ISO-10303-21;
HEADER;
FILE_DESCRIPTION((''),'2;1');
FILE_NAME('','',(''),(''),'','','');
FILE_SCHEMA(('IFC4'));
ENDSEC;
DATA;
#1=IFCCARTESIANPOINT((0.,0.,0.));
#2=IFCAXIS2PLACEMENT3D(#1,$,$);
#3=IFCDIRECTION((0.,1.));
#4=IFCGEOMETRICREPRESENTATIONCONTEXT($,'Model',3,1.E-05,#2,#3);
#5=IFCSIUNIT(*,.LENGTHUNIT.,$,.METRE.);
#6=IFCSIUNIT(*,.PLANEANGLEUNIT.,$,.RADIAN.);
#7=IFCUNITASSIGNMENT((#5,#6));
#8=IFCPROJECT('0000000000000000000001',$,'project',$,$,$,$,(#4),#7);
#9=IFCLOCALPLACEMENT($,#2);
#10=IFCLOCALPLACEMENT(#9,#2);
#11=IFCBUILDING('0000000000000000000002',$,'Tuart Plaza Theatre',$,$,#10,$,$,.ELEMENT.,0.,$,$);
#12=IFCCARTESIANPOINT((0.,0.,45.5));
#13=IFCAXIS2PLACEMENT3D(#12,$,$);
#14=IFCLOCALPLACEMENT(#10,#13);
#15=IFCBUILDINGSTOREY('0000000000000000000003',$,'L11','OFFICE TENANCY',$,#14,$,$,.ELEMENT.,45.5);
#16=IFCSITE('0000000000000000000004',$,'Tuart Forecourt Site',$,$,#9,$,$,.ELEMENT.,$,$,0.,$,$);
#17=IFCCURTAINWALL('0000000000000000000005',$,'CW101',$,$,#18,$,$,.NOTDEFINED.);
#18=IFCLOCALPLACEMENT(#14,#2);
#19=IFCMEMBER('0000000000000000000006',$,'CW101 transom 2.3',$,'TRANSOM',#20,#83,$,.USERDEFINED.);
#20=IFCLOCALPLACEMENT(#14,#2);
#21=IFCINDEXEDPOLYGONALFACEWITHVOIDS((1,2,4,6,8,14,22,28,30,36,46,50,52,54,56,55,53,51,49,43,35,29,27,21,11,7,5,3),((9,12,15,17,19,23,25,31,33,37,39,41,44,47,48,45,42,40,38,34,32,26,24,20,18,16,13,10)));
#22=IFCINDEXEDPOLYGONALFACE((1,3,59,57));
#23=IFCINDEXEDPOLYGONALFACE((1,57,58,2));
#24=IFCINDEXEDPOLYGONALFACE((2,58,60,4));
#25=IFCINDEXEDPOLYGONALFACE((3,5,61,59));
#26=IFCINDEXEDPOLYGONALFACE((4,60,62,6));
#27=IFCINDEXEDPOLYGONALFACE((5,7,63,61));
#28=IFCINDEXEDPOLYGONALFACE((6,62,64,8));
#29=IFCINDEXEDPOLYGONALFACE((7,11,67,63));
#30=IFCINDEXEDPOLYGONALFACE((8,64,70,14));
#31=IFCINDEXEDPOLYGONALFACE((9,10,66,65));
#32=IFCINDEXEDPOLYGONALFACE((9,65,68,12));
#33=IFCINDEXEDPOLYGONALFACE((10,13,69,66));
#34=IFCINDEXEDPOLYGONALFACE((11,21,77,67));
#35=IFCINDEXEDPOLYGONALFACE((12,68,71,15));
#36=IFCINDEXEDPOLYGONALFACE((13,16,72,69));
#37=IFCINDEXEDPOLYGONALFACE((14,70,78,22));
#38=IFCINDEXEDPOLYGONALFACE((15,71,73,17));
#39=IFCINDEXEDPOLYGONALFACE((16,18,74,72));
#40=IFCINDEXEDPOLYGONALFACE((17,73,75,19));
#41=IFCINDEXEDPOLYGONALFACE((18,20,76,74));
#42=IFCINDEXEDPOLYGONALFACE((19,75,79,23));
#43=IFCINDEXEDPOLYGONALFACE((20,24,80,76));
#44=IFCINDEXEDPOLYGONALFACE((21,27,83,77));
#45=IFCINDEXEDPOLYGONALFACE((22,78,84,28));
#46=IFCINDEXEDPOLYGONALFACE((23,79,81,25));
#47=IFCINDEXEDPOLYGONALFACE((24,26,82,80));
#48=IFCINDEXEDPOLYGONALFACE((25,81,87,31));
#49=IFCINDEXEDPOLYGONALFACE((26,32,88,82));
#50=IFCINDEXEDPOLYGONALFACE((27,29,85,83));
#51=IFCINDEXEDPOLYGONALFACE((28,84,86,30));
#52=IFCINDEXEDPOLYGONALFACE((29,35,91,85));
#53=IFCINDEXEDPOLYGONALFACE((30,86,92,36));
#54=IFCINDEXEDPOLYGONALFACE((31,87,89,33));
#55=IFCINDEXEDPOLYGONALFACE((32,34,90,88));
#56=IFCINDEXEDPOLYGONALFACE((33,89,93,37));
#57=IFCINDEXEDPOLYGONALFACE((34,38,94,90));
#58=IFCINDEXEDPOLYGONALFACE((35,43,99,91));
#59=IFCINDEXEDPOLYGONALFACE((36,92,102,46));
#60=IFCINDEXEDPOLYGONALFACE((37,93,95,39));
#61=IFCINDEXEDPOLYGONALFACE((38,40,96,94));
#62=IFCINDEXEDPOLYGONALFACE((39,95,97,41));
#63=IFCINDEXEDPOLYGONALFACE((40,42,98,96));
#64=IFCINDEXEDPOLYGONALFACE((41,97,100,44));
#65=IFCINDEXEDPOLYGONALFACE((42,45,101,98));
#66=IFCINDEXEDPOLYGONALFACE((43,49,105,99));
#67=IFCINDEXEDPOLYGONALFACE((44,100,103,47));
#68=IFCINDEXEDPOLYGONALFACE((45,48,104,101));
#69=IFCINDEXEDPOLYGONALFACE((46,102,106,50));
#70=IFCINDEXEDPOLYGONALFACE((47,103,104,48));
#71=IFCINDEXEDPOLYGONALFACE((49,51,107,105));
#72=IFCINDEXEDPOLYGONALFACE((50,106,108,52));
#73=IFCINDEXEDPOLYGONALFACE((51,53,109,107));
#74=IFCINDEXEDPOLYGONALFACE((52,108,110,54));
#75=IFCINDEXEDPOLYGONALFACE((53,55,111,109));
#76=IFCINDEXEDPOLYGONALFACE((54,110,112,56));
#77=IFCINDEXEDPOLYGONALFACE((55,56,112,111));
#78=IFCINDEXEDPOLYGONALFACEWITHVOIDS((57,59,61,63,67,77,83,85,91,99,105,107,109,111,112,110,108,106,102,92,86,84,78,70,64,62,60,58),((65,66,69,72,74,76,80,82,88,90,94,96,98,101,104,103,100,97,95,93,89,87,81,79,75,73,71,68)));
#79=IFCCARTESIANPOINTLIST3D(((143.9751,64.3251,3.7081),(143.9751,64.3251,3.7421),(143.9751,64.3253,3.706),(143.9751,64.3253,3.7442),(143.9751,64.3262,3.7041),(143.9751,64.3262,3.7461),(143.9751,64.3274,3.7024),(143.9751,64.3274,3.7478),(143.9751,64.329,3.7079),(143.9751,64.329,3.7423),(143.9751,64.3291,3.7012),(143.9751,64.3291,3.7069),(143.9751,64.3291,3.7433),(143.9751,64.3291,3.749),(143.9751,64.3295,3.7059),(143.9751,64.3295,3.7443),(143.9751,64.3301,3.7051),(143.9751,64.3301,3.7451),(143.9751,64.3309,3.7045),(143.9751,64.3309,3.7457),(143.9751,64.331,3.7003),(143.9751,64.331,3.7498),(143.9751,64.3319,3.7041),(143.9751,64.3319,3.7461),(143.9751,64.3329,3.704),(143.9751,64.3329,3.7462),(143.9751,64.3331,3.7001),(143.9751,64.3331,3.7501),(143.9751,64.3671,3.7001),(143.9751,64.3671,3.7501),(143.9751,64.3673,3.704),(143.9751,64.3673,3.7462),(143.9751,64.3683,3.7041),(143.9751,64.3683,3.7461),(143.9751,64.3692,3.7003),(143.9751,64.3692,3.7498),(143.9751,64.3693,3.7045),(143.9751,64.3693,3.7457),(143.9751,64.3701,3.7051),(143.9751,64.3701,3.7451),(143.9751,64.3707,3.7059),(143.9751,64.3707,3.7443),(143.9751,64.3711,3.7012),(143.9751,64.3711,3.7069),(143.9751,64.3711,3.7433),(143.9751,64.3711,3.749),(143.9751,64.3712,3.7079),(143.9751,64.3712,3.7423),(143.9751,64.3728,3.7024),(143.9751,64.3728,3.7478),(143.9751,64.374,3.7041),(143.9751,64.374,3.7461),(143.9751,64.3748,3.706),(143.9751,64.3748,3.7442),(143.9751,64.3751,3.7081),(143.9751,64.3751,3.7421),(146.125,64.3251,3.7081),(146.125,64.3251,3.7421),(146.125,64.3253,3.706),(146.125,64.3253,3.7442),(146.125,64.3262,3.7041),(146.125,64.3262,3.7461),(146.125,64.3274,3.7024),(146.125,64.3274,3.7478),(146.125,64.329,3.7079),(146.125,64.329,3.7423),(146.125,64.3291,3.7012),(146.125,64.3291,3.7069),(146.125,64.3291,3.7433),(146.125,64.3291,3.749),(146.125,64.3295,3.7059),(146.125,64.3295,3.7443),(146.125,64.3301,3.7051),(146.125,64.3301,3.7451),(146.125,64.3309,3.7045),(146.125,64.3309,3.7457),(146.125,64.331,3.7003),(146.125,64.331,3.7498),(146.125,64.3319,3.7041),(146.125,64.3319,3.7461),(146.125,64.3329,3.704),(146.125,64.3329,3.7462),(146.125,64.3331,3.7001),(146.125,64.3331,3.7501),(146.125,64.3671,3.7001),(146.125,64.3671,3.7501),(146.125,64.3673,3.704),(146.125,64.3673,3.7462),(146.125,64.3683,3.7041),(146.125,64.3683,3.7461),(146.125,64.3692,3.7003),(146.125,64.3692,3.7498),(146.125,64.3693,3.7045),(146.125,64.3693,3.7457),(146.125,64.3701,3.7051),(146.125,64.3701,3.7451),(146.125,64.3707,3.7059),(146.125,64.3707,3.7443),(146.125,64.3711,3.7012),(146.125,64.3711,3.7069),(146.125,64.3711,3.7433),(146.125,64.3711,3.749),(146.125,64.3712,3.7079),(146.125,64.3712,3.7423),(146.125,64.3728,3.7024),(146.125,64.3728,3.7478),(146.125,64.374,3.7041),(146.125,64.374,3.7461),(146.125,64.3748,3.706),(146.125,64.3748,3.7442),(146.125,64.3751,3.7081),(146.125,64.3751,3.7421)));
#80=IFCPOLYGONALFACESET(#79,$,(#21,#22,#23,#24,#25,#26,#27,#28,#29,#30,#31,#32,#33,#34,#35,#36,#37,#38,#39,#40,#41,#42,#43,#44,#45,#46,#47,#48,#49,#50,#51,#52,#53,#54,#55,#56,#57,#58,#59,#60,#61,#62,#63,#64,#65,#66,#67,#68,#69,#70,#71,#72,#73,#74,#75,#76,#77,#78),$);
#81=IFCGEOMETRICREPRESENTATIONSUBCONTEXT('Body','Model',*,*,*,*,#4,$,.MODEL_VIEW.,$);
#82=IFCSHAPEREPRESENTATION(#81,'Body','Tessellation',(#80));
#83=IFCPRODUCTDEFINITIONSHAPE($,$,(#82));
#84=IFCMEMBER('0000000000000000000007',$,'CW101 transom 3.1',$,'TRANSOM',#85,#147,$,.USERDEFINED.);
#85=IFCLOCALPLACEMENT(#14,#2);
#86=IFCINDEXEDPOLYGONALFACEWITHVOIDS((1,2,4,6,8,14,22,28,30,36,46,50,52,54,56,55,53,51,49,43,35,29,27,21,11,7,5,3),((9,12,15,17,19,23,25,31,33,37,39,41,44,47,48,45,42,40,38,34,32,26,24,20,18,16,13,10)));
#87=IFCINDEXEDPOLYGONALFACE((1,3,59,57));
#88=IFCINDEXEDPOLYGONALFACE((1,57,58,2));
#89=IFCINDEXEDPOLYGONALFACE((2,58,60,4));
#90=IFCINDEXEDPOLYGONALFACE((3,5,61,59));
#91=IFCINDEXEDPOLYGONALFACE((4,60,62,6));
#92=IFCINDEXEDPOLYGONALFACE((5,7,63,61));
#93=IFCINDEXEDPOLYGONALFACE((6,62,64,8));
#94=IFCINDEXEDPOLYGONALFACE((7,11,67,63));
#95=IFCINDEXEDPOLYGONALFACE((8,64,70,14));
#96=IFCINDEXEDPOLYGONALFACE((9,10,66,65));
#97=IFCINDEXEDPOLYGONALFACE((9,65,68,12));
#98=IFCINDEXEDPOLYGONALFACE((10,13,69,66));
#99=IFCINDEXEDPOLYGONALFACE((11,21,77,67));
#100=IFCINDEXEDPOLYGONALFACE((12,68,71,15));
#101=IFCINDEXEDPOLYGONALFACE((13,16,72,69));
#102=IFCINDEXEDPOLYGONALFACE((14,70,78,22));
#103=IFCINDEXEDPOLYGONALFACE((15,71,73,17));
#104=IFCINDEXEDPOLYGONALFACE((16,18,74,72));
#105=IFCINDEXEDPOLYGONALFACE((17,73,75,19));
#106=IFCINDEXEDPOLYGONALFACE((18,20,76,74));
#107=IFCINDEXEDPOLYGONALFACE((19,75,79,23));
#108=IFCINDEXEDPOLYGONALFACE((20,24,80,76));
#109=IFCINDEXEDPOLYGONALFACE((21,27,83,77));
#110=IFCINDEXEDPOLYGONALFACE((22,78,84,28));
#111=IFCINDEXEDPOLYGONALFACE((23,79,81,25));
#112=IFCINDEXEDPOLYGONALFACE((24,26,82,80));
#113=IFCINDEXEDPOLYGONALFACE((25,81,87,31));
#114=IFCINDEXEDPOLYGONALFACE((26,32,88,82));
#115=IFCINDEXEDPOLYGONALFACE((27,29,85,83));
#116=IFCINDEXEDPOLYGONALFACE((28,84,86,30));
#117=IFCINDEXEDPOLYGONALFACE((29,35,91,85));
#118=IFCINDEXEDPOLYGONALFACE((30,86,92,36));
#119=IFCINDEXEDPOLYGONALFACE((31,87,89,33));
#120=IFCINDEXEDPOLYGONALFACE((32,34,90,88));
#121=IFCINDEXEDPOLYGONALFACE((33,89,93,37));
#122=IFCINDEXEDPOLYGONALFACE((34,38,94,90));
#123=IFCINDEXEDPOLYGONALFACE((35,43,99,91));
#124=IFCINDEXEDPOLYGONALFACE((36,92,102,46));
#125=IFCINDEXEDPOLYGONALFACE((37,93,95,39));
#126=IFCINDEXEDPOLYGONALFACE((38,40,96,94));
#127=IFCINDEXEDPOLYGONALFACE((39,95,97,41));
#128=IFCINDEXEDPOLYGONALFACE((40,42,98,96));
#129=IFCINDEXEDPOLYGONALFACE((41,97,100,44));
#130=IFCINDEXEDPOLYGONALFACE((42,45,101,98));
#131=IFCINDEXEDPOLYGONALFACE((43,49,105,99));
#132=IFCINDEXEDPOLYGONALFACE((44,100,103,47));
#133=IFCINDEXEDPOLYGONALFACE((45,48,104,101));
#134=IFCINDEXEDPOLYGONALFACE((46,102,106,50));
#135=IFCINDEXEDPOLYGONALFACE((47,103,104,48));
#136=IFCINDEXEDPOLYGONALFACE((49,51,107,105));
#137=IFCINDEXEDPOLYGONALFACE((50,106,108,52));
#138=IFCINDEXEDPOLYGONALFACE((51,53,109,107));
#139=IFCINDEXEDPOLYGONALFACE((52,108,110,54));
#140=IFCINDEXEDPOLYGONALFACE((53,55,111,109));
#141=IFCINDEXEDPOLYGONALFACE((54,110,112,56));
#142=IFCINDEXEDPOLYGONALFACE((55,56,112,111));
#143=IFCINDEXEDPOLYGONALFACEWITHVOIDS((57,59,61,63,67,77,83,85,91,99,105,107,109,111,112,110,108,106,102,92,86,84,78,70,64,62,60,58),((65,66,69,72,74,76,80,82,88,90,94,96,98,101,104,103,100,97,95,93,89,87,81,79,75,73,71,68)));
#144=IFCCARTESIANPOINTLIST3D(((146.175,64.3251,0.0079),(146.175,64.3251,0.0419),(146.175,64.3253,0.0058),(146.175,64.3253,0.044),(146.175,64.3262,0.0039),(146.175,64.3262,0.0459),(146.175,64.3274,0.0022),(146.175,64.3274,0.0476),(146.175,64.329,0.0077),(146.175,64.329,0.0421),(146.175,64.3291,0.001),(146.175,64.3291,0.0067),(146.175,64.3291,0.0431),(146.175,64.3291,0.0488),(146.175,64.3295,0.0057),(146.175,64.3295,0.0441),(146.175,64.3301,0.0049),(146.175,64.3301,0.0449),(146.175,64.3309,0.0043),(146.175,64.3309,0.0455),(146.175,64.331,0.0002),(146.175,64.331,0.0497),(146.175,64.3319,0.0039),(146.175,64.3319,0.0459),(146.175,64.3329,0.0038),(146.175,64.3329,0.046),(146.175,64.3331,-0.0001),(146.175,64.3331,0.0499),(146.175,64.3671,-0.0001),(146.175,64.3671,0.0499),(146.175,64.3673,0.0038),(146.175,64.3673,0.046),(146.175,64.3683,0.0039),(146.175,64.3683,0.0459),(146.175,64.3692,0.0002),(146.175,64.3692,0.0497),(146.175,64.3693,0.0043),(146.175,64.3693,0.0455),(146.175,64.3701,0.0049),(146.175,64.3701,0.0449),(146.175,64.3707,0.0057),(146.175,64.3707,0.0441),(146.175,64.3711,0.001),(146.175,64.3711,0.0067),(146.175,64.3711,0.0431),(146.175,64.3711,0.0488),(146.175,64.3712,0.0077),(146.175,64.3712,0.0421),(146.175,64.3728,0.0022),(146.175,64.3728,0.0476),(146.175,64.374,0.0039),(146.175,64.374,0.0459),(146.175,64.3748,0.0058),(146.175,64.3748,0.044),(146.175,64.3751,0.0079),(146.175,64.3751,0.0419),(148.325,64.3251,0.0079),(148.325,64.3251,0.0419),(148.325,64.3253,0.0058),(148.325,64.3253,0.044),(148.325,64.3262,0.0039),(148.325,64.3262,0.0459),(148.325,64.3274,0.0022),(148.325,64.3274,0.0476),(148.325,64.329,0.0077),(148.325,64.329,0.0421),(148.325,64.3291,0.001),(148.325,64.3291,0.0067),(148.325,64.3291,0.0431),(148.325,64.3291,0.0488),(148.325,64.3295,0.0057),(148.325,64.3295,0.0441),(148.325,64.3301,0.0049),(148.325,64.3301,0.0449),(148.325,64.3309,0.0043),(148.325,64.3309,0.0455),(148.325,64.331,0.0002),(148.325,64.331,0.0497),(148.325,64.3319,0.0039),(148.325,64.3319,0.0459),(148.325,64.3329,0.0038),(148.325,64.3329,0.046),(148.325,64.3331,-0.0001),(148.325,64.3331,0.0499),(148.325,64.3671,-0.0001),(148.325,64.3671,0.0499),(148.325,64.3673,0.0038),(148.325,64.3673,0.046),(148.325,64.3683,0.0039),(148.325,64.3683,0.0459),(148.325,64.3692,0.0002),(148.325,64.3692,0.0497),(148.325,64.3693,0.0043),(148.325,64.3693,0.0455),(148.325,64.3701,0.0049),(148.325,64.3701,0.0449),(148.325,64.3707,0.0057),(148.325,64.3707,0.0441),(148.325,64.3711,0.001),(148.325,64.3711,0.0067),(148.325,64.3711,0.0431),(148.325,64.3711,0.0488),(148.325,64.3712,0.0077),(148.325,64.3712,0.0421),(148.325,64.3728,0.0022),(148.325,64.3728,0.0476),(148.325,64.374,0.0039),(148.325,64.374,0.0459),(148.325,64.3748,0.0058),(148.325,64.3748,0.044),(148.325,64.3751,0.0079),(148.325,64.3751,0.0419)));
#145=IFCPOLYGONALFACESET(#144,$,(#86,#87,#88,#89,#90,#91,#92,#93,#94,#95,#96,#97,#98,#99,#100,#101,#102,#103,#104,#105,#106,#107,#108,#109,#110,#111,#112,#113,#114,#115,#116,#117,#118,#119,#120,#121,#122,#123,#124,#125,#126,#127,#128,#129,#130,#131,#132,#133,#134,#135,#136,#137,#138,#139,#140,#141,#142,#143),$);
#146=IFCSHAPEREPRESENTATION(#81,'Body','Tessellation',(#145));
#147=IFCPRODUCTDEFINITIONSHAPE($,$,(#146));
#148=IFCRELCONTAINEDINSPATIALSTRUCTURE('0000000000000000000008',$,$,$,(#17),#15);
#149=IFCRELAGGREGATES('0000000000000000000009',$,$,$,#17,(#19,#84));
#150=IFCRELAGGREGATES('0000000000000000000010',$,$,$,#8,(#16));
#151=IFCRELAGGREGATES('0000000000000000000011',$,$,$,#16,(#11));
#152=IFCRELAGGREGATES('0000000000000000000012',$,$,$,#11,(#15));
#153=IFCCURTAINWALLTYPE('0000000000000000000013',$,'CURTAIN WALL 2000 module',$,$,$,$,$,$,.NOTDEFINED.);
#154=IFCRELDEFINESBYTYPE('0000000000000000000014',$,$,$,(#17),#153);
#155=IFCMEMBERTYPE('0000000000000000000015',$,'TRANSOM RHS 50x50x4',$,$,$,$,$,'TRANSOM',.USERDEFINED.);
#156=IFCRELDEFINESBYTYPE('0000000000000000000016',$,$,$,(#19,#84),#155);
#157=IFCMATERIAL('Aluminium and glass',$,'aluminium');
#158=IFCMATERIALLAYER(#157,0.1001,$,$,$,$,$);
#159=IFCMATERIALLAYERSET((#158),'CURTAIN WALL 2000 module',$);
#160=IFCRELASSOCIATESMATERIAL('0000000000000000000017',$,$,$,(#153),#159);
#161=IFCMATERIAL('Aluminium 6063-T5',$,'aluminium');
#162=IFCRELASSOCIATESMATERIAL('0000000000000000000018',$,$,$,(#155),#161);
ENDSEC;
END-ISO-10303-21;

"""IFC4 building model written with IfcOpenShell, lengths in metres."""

from ifc_helpers import new_model, si_unit, direction, frame, origin, origin_2d, place, context, subcontext, project, spatial, hollow_rectangle, extrude, material, layer, layer_set, material_profile, profile_set, type_object, element, aggregate, save


model = new_model("IFC4")

# Units and contexts
model_context = context("Model", 3, precision=1e-05, world=origin(), true_north=direction((0.0, 1.0)))
body_context = subcontext(model_context, "Body", "Model", "MODEL_VIEW")
ifc_project = project(units=[si_unit("LENGTHUNIT", "METRE"), si_unit("PLANEANGLEUNIT", "RADIAN")], contexts=[model_context])

# Site, building, storey
site_placement = place(None, origin())
site = spatial("IfcSite", under=ifc_project, at=site_placement, Name="Tuart Forecourt Site", CompositionType="ELEMENT", RefElevation=0.0)
building_placement = place(site_placement, origin())
building = spatial("IfcBuilding", under=site, at=building_placement, Name="Tuart Plaza Theatre", CompositionType="ELEMENT", ElevationOfRefHeight=0.0)
storey_placement = place(building_placement, frame((0.0, 0.0, 45.5)))
storey = spatial("IfcBuildingStorey", under=building, at=storey_placement, Name="L11", Description="OFFICE TENANCY", CompositionType="ELEMENT", Elevation=45.5)

# Curtain wall
ifc_material_1 = material(Name="Aluminium and glass", Category="aluminium")
ifc_layer_1 = layer(ifc_material_1, 0.1001)
ifc_layer_set_1 = layer_set([ifc_layer_1], Name="CURTAIN WALL 2000 module")
curtain_wall_type = type_object("IfcCurtainWallType", Name="CURTAIN WALL 2000 module", PredefinedType="NOTDEFINED", material=ifc_layer_set_1)
curtain_wall_1_placement = place(storey_placement, origin())
curtain_wall_1 = element("IfcCurtainWall", 1, at=curtain_wall_1_placement, inside=storey, type_object=curtain_wall_type, Name="CW101", PredefinedType="NOTDEFINED")

# Members
ifc_material_2 = material(Name="Aluminium 6063-T5", Category="aluminium")
ifc_material_profile_1 = material_profile(ifc_material_2, hollow_rectangle(XDim=0.05, YDim=0.05, WallThickness=0.0039, InnerFilletRadius=0.0039, OuterFilletRadius=0.0081, at=origin_2d()), Name="RHS 50x50x4")
ifc_profile_set_1 = profile_set([ifc_material_profile_1], Name="Aluminium 6063-T5")
member_type_1 = type_object("IfcMemberType", Name="TRANSOM RHS 50x50x4", ElementType="TRANSOM", PredefinedType="USERDEFINED", material=ifc_profile_set_1)
member_1_placement = place(storey_placement, frame((143.9751, 64.3501, 3.7251), z_axis=(1.0, 0.0, 0.0), x_axis=(0.0, 1.0, 0.0)))
member_1 = element("IfcMember", 2, at=member_1_placement, type_object=member_type_1, Name="CW101 transom 2.3", ObjectType="TRANSOM", PredefinedType="USERDEFINED", context=body_context, shape_type="SweptSolid", body=[
    extrude(hollow_rectangle(XDim=0.05, YDim=0.05, WallThickness=0.0039, InnerFilletRadius=0.0039, OuterFilletRadius=0.0081, at=origin_2d()), origin(), (0.0, 0.0, 1.0), 2.1499),
])
member_2_placement = place(storey_placement, frame((146.175, 64.3501, 0.0249), z_axis=(1.0, 0.0, 0.0), x_axis=(0.0, 1.0, 0.0)))
member_2 = element("IfcMember", 3, at=member_2_placement, type_object=member_type_1, Name="CW101 transom 3.1", ObjectType="TRANSOM", PredefinedType="USERDEFINED", context=body_context, shape_type="SweptSolid", body=[
    extrude(hollow_rectangle(XDim=0.05, YDim=0.05, WallThickness=0.0039, InnerFilletRadius=0.0039, OuterFilletRadius=0.0081, at=origin_2d()), origin(), (0.0, 0.0, 1.0), 2.1499),
])

aggregate(curtain_wall_1, [member_1, member_2])

save(model, "model.ifc")
